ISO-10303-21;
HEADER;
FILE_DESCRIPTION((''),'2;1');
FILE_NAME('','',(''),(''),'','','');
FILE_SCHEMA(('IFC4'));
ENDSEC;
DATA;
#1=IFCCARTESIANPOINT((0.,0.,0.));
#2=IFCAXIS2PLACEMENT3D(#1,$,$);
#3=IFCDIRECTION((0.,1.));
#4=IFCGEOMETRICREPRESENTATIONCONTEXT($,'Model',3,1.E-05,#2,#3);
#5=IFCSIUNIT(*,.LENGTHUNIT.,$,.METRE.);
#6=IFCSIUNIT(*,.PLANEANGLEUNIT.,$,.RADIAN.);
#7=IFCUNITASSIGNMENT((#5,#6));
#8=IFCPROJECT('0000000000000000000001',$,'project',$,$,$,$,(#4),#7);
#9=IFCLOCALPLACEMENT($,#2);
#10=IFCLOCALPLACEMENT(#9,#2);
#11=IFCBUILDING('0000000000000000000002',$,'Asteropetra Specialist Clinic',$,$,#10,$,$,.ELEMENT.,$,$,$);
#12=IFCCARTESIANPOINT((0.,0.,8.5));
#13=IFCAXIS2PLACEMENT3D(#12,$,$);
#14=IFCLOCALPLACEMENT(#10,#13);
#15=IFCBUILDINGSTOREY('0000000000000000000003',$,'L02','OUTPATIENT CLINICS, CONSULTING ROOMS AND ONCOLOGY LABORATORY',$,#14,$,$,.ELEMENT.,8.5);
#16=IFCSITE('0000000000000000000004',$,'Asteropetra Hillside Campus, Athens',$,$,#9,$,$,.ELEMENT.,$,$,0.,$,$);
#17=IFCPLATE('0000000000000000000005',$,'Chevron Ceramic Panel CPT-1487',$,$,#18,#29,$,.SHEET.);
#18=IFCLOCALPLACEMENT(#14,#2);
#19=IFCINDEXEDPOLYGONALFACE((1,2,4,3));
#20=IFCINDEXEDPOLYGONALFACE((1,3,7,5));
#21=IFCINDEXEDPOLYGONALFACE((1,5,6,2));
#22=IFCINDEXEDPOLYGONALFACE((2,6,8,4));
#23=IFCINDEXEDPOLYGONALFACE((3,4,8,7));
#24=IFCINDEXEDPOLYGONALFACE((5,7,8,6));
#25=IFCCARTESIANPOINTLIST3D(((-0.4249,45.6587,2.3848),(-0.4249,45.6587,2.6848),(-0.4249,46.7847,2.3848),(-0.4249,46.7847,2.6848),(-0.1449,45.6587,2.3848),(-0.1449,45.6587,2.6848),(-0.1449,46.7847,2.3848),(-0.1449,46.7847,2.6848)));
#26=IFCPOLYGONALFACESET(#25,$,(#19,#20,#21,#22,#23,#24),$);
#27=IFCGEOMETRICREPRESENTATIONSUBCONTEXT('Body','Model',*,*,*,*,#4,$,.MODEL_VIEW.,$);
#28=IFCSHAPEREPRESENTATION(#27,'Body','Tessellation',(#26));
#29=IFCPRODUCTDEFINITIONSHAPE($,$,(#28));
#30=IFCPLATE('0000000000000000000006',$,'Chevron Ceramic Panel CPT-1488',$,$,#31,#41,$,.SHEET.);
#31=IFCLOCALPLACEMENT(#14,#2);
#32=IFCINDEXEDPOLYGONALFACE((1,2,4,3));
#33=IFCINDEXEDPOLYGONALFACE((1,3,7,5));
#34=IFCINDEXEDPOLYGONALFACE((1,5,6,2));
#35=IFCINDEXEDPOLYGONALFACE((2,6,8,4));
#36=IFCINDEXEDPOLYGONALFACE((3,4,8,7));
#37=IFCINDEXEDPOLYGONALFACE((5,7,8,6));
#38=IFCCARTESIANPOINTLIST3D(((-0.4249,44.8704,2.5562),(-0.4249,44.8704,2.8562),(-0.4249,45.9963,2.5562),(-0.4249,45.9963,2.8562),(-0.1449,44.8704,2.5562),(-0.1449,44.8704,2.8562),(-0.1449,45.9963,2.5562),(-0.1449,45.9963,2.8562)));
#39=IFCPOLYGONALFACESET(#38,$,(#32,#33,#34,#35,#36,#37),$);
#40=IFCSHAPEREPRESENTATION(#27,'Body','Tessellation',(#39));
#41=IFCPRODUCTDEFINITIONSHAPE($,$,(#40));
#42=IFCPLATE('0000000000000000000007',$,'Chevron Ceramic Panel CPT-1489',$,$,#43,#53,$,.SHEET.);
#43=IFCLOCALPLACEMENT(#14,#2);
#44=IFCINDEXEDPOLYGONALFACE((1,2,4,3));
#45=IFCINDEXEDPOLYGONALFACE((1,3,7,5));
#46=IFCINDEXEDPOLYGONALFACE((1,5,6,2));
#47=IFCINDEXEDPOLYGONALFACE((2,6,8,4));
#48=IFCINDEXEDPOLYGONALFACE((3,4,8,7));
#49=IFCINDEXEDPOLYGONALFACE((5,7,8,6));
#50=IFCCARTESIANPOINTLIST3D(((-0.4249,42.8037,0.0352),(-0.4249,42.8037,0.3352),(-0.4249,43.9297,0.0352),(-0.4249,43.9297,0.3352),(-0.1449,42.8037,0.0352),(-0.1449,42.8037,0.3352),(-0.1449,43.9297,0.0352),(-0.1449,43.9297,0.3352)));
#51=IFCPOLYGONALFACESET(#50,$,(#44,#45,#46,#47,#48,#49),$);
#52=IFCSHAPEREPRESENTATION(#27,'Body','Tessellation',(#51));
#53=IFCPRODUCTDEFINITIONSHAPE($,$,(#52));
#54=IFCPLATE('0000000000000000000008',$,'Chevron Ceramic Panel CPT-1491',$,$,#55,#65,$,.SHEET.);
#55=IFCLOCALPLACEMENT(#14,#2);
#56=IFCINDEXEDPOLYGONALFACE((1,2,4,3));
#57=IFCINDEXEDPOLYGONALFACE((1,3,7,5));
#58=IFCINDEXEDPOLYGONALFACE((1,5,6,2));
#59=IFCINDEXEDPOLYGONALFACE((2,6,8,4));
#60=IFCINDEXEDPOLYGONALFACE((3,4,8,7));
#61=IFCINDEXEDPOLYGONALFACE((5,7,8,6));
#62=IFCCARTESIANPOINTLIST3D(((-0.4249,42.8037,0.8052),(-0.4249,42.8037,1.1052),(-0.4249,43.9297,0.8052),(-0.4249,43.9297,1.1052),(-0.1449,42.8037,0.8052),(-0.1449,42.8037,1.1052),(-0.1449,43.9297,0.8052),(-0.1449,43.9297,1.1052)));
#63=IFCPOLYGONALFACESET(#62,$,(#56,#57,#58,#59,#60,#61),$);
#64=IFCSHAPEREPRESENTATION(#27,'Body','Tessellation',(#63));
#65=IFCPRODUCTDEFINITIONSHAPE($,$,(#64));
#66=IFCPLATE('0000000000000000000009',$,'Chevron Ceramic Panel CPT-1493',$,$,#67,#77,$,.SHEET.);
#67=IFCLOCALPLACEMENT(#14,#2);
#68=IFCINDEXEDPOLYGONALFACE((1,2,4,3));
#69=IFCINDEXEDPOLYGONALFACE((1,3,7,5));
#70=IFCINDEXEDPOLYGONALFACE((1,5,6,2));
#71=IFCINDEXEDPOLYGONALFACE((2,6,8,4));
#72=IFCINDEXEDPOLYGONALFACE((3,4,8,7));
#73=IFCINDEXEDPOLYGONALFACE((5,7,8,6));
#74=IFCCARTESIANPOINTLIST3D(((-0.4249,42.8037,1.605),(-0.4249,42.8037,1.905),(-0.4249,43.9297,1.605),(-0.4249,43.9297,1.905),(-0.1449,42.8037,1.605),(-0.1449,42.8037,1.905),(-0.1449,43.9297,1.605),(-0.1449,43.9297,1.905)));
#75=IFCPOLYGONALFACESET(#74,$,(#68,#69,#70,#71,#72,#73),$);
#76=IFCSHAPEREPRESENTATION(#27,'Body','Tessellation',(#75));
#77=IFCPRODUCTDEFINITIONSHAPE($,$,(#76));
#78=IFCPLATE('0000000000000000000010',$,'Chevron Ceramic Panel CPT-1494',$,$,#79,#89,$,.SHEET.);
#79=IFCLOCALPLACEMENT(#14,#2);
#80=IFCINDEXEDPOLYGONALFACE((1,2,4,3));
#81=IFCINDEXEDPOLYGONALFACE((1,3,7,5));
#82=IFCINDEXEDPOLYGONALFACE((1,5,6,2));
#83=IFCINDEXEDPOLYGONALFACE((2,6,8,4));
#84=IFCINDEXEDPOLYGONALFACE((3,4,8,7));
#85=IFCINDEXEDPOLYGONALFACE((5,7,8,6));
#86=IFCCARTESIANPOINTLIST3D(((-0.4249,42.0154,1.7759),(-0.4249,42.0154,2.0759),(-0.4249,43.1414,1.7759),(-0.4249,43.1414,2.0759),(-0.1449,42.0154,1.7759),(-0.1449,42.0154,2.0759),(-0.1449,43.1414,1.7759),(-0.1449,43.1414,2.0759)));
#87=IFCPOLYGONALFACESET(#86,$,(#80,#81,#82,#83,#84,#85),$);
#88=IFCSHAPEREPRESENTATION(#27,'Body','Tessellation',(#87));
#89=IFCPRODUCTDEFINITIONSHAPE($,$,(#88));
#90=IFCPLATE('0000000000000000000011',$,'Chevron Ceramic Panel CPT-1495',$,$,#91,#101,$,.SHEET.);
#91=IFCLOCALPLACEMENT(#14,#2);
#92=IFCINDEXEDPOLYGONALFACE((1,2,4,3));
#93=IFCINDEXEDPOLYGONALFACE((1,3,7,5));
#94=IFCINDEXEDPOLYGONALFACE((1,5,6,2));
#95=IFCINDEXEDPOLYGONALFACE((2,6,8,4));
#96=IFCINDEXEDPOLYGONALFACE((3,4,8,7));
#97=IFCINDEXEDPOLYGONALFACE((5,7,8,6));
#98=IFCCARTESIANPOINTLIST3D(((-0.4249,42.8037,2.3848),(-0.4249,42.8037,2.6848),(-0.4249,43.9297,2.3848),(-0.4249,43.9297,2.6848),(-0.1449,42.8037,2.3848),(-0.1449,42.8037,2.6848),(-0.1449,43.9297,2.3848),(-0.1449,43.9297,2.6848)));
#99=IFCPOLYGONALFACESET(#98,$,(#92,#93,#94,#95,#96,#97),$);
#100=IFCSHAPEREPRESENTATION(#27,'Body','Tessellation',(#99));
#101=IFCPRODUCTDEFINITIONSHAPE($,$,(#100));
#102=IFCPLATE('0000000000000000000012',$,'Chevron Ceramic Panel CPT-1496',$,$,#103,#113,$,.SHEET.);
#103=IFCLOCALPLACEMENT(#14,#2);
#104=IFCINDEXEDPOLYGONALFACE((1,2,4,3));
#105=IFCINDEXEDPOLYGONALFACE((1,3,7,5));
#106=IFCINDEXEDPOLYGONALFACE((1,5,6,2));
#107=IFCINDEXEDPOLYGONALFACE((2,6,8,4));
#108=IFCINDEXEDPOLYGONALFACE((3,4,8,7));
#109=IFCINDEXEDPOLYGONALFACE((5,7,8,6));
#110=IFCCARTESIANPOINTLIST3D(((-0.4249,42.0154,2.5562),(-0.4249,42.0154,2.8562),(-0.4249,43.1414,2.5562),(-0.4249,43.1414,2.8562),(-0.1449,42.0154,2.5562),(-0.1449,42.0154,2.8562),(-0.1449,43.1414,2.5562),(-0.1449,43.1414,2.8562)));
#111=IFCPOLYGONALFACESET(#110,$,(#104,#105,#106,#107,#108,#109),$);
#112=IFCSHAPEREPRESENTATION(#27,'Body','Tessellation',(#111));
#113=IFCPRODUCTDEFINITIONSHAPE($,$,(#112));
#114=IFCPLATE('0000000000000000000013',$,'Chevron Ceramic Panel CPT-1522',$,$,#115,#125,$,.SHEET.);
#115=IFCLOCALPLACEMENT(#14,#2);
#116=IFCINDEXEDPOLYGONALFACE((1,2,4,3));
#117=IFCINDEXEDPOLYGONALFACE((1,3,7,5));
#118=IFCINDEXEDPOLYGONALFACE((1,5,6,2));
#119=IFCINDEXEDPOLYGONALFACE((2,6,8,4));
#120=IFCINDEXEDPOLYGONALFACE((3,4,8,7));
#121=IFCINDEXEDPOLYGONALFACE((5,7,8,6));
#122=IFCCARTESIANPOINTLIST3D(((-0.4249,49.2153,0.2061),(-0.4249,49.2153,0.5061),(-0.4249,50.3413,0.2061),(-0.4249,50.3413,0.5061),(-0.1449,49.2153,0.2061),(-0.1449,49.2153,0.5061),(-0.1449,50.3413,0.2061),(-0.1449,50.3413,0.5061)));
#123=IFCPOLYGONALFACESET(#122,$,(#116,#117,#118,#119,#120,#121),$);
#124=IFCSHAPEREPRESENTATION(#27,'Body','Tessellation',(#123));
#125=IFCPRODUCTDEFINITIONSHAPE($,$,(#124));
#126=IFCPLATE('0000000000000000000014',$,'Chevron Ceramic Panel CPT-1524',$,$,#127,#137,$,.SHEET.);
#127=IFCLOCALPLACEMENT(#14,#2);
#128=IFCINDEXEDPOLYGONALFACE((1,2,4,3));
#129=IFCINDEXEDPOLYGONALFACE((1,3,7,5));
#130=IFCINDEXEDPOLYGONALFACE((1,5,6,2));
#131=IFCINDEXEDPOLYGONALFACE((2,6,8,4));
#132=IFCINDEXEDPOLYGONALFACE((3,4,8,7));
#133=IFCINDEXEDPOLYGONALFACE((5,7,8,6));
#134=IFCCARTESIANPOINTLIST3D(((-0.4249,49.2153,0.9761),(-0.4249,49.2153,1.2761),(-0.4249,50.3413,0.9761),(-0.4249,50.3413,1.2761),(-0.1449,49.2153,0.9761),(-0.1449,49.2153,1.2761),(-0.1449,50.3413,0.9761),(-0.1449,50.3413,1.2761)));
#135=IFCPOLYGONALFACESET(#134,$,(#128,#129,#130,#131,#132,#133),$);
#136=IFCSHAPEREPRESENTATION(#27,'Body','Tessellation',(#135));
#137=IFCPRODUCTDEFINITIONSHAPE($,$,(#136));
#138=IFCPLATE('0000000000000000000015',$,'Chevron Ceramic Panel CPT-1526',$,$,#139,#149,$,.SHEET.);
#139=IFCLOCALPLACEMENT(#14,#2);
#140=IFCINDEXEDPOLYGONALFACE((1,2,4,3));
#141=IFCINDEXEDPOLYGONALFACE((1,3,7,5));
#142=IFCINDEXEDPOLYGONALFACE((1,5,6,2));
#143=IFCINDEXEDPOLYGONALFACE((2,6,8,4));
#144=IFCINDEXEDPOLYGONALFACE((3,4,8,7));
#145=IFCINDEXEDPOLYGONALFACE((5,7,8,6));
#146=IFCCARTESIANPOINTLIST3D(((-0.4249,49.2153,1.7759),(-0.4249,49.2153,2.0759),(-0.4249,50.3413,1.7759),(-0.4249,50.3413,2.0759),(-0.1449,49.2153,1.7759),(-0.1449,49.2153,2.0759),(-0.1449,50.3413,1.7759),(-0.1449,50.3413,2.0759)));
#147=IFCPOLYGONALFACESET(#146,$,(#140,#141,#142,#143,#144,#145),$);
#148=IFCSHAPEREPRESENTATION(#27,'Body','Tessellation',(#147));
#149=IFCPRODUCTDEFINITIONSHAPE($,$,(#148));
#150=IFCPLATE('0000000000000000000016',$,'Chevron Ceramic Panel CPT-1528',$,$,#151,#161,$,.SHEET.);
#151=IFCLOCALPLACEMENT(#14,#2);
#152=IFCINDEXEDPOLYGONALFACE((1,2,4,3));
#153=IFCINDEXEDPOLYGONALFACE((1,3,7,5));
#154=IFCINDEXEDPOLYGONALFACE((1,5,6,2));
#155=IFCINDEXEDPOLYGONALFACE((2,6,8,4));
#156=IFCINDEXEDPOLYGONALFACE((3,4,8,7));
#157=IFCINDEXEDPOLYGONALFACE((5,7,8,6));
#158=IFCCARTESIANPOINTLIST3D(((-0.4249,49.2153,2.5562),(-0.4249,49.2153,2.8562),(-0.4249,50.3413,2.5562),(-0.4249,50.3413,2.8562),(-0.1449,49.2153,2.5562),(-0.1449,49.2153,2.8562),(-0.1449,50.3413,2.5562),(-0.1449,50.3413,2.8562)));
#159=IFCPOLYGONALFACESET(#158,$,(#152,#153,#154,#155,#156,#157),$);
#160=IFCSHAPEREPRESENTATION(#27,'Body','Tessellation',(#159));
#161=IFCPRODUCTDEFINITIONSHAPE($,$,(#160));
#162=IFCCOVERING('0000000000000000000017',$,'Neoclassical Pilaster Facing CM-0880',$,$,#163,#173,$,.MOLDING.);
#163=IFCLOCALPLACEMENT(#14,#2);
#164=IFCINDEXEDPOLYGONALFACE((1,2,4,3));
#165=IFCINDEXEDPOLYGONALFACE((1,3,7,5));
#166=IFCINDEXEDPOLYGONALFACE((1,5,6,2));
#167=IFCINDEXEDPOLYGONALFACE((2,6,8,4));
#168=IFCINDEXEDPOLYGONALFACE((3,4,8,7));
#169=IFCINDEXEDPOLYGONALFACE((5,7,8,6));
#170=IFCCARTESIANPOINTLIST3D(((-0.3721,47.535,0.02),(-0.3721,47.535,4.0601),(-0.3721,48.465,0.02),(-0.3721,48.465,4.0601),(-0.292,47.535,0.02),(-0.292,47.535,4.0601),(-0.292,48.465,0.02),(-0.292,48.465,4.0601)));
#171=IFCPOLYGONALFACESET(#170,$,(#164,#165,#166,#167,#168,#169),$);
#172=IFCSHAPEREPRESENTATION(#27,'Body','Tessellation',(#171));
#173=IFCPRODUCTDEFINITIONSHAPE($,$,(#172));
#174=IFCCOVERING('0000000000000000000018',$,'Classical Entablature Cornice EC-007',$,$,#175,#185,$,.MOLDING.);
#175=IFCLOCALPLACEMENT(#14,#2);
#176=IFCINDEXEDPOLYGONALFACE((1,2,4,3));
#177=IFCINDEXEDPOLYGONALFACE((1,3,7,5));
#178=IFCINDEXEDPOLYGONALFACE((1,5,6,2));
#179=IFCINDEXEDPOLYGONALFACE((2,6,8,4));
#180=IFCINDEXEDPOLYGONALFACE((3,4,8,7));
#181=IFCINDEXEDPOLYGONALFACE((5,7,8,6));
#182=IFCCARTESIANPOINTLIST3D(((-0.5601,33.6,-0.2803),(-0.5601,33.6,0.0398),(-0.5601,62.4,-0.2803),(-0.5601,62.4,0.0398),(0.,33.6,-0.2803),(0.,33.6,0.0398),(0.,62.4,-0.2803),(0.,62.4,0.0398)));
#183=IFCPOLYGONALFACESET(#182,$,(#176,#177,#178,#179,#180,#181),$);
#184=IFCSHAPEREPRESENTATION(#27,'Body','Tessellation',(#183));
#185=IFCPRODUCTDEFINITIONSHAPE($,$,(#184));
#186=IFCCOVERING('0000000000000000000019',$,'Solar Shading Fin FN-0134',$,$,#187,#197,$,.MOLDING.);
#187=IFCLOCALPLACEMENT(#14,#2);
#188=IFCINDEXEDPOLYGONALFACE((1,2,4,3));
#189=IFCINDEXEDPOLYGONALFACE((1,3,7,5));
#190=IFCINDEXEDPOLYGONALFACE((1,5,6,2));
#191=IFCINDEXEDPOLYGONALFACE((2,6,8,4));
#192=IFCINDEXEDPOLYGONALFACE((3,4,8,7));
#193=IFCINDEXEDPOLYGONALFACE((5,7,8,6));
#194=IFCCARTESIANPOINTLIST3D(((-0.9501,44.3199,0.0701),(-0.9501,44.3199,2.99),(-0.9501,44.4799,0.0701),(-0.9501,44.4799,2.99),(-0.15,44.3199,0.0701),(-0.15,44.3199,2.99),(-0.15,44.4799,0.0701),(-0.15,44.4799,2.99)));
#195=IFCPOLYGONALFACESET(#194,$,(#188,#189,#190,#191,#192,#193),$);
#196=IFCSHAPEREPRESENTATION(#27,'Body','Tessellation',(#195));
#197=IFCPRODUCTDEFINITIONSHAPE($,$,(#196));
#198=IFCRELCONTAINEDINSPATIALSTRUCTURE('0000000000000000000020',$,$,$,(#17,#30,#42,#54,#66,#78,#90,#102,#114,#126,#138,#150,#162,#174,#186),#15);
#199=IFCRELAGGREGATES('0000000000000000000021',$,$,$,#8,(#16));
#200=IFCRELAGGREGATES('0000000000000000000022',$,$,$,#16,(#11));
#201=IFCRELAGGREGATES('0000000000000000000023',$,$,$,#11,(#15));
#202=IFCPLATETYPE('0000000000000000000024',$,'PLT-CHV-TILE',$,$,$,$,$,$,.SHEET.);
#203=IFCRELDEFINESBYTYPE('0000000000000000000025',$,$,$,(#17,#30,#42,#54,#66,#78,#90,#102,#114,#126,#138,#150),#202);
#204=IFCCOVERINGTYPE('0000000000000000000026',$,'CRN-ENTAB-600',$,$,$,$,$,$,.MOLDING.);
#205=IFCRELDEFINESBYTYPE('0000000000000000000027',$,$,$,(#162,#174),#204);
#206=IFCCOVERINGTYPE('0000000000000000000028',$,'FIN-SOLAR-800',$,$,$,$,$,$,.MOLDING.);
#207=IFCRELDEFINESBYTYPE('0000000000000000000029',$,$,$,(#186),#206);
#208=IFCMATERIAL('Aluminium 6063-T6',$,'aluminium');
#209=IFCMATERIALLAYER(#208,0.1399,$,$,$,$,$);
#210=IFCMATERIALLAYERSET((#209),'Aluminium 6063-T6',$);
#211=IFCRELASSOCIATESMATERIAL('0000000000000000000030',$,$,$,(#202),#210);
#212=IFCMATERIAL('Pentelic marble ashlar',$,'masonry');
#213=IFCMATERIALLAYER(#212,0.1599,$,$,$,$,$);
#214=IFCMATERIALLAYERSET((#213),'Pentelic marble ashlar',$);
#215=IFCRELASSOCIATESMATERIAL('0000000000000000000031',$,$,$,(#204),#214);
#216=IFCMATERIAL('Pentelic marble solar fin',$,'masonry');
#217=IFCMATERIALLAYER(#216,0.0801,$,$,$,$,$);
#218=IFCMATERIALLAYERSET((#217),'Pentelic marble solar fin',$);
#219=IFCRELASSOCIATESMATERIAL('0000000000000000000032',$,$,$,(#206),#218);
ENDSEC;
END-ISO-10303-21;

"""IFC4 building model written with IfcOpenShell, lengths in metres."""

from ifc_helpers import new_model, si_unit, direction, frame, origin, origin_2d, place, context, subcontext, project, spatial, rectangle, extrude, material, layer, layer_set, type_object, element, save


model = new_model("IFC4")

# Units and contexts
model_context = context("Model", 3, precision=1e-05, world=origin(), true_north=direction((0.0, 1.0)))
body_context = subcontext(model_context, "Body", "Model", "MODEL_VIEW")
ifc_project = project(units=[si_unit("LENGTHUNIT", "METRE"), si_unit("PLANEANGLEUNIT", "RADIAN")], contexts=[model_context])

# Site, building, storey
site_placement = place(None, origin())
site = spatial("IfcSite", under=ifc_project, at=site_placement, Name="Asteropetra Hillside Campus, Athens", CompositionType="ELEMENT", RefElevation=0.0)
building_placement = place(site_placement, origin())
building = spatial("IfcBuilding", under=site, at=building_placement, Name="Asteropetra Specialist Clinic", CompositionType="ELEMENT")
storey_placement = place(building_placement, frame((0.0, 0.0, 8.5)))
storey = spatial("IfcBuildingStorey", under=building, at=storey_placement, Name="L02", Description="OUTPATIENT CLINICS, CONSULTING ROOMS AND ONCOLOGY LABORATORY", CompositionType="ELEMENT", Elevation=8.5)

# Plates
ifc_material_1 = material(Name="Aluminium 6063-T6", Category="aluminium")
ifc_layer_1 = layer(ifc_material_1, 0.1399)
ifc_layer_set_1 = layer_set([ifc_layer_1], Name="Aluminium 6063-T6")
plate_type_1 = type_object("IfcPlateType", Name="PLT-CHV-TILE", PredefinedType="SHEET", material=ifc_layer_set_1)
for number, where, z_axis, x_axis, name in (
    (1, (-0.2849, 46.2217, 2.3848), (0.0, 0.0, 1.0), (1.0, 0.0, 0.0), "Chevron Ceramic Panel CPT-1487"),
    (2, (-0.2849, 45.4333, 2.5562), (0.0, 0.0, 1.0), (1.0, 0.0, 0.0), "Chevron Ceramic Panel CPT-1488"),
    (3, (-0.2849, 43.3667, 0.0352), (0.0, 0.0, 1.0), (1.0, 0.0, 0.0), "Chevron Ceramic Panel CPT-1489"),
    (4, (-0.2849, 43.3667, 0.8052), (0.0, 0.0, 1.0), (1.0, 0.0, 0.0), "Chevron Ceramic Panel CPT-1491"),
    (5, (-0.2849, 43.3667, 1.605), (0.0, 0.0, 1.0), (1.0, 0.0, 0.0), "Chevron Ceramic Panel CPT-1493"),
    (6, (-0.2849, 42.5784, 1.7759), (0.0, 0.0, 1.0), (1.0, 0.0, 0.0), "Chevron Ceramic Panel CPT-1494"),
    (7, (-0.2849, 43.3667, 2.3848), (0.0, 0.0, 1.0), (1.0, 0.0, 0.0), "Chevron Ceramic Panel CPT-1495"),
    (8, (-0.2849, 42.5784, 2.5562), (0.0, 0.0, 1.0), (1.0, 0.0, 0.0), "Chevron Ceramic Panel CPT-1496"),
    (9, (-0.2849, 49.7783, 0.2061), (0.0, 0.0, 1.0), (1.0, 0.0, 0.0), "Chevron Ceramic Panel CPT-1522"),
    (10, (-0.2849, 49.7783, 0.9761), (0.0, 0.0, 1.0), (1.0, 0.0, 0.0), "Chevron Ceramic Panel CPT-1524"),
    (11, (-0.2849, 49.7783, 1.7759), (0.0, 0.0, 1.0), (1.0, 0.0, 0.0), "Chevron Ceramic Panel CPT-1526"),
    (12, (-0.2849, 49.7783, 2.5562), (0.0, 0.0, 1.0), (1.0, 0.0, 0.0), "Chevron Ceramic Panel CPT-1528"),
):
    element("IfcPlate", number, at=place(storey_placement, frame(where, z_axis=z_axis, x_axis=x_axis)), inside=storey, type_object=plate_type_1, Name=name, PredefinedType="SHEET", context=body_context, shape_type="SweptSolid", body=[
        extrude(rectangle(XDim=0.28, YDim=1.126, at=origin_2d()), origin(), (0.0, 0.0, 1.0), 0.3),
    ])

# Coverings
ifc_material_2 = material(Name="Pentelic marble ashlar", Category="masonry")
ifc_layer_2 = layer(ifc_material_2, 0.1599)
ifc_layer_set_2 = layer_set([ifc_layer_2], Name="Pentelic marble ashlar")
covering_type_1 = type_object("IfcCoveringType", Name="CRN-ENTAB-600", PredefinedType="MOLDING", material=ifc_layer_set_2)
covering_1_placement = place(storey_placement, frame((-0.332, 48.0, 0.02), z_axis=(0.0, 0.0, 1.0), x_axis=(1.0, 0.0, 0.0)))
element("IfcCovering", 13, at=covering_1_placement, inside=storey, type_object=covering_type_1, Name="Neoclassical Pilaster Facing CM-0880", PredefinedType="MOLDING", context=body_context, shape_type="SweptSolid", body=[
    extrude(rectangle(XDim=0.0801, YDim=0.9299, at=origin_2d()), origin(), (0.0, 0.0, 1.0), 4.04),
])
covering_2_placement = place(storey_placement, frame((-0.28, 48.0, -0.2803), z_axis=(0.0, 0.0, 1.0), x_axis=(1.0, 0.0, 0.0)))
element("IfcCovering", 14, at=covering_2_placement, inside=storey, type_object=covering_type_1, Name="Classical Entablature Cornice EC-007", PredefinedType="MOLDING", context=body_context, shape_type="SweptSolid", body=[
    extrude(rectangle(XDim=0.5601, YDim=28.8, at=origin_2d()), origin(), (0.0, 0.0, 1.0), 0.3201),
])
ifc_material_3 = material(Name="Pentelic marble solar fin", Category="masonry")
ifc_layer_3 = layer(ifc_material_3, 0.0801)
ifc_layer_set_3 = layer_set([ifc_layer_3], Name="Pentelic marble solar fin")
covering_type_2 = type_object("IfcCoveringType", Name="FIN-SOLAR-800", PredefinedType="MOLDING", material=ifc_layer_set_3)
covering_3_placement = place(storey_placement, frame((-0.55, 44.3999, 0.0701), z_axis=(0.0, 0.0, 1.0), x_axis=(1.0, 0.0, 0.0)))
element("IfcCovering", 15, at=covering_3_placement, inside=storey, type_object=covering_type_2, Name="Solar Shading Fin FN-0134", PredefinedType="MOLDING", context=body_context, shape_type="SweptSolid", body=[
    extrude(rectangle(XDim=0.8, YDim=0.1599, at=origin_2d()), origin(), (0.0, 0.0, 1.0), 2.9199),
])

save(model, "model.ifc")
